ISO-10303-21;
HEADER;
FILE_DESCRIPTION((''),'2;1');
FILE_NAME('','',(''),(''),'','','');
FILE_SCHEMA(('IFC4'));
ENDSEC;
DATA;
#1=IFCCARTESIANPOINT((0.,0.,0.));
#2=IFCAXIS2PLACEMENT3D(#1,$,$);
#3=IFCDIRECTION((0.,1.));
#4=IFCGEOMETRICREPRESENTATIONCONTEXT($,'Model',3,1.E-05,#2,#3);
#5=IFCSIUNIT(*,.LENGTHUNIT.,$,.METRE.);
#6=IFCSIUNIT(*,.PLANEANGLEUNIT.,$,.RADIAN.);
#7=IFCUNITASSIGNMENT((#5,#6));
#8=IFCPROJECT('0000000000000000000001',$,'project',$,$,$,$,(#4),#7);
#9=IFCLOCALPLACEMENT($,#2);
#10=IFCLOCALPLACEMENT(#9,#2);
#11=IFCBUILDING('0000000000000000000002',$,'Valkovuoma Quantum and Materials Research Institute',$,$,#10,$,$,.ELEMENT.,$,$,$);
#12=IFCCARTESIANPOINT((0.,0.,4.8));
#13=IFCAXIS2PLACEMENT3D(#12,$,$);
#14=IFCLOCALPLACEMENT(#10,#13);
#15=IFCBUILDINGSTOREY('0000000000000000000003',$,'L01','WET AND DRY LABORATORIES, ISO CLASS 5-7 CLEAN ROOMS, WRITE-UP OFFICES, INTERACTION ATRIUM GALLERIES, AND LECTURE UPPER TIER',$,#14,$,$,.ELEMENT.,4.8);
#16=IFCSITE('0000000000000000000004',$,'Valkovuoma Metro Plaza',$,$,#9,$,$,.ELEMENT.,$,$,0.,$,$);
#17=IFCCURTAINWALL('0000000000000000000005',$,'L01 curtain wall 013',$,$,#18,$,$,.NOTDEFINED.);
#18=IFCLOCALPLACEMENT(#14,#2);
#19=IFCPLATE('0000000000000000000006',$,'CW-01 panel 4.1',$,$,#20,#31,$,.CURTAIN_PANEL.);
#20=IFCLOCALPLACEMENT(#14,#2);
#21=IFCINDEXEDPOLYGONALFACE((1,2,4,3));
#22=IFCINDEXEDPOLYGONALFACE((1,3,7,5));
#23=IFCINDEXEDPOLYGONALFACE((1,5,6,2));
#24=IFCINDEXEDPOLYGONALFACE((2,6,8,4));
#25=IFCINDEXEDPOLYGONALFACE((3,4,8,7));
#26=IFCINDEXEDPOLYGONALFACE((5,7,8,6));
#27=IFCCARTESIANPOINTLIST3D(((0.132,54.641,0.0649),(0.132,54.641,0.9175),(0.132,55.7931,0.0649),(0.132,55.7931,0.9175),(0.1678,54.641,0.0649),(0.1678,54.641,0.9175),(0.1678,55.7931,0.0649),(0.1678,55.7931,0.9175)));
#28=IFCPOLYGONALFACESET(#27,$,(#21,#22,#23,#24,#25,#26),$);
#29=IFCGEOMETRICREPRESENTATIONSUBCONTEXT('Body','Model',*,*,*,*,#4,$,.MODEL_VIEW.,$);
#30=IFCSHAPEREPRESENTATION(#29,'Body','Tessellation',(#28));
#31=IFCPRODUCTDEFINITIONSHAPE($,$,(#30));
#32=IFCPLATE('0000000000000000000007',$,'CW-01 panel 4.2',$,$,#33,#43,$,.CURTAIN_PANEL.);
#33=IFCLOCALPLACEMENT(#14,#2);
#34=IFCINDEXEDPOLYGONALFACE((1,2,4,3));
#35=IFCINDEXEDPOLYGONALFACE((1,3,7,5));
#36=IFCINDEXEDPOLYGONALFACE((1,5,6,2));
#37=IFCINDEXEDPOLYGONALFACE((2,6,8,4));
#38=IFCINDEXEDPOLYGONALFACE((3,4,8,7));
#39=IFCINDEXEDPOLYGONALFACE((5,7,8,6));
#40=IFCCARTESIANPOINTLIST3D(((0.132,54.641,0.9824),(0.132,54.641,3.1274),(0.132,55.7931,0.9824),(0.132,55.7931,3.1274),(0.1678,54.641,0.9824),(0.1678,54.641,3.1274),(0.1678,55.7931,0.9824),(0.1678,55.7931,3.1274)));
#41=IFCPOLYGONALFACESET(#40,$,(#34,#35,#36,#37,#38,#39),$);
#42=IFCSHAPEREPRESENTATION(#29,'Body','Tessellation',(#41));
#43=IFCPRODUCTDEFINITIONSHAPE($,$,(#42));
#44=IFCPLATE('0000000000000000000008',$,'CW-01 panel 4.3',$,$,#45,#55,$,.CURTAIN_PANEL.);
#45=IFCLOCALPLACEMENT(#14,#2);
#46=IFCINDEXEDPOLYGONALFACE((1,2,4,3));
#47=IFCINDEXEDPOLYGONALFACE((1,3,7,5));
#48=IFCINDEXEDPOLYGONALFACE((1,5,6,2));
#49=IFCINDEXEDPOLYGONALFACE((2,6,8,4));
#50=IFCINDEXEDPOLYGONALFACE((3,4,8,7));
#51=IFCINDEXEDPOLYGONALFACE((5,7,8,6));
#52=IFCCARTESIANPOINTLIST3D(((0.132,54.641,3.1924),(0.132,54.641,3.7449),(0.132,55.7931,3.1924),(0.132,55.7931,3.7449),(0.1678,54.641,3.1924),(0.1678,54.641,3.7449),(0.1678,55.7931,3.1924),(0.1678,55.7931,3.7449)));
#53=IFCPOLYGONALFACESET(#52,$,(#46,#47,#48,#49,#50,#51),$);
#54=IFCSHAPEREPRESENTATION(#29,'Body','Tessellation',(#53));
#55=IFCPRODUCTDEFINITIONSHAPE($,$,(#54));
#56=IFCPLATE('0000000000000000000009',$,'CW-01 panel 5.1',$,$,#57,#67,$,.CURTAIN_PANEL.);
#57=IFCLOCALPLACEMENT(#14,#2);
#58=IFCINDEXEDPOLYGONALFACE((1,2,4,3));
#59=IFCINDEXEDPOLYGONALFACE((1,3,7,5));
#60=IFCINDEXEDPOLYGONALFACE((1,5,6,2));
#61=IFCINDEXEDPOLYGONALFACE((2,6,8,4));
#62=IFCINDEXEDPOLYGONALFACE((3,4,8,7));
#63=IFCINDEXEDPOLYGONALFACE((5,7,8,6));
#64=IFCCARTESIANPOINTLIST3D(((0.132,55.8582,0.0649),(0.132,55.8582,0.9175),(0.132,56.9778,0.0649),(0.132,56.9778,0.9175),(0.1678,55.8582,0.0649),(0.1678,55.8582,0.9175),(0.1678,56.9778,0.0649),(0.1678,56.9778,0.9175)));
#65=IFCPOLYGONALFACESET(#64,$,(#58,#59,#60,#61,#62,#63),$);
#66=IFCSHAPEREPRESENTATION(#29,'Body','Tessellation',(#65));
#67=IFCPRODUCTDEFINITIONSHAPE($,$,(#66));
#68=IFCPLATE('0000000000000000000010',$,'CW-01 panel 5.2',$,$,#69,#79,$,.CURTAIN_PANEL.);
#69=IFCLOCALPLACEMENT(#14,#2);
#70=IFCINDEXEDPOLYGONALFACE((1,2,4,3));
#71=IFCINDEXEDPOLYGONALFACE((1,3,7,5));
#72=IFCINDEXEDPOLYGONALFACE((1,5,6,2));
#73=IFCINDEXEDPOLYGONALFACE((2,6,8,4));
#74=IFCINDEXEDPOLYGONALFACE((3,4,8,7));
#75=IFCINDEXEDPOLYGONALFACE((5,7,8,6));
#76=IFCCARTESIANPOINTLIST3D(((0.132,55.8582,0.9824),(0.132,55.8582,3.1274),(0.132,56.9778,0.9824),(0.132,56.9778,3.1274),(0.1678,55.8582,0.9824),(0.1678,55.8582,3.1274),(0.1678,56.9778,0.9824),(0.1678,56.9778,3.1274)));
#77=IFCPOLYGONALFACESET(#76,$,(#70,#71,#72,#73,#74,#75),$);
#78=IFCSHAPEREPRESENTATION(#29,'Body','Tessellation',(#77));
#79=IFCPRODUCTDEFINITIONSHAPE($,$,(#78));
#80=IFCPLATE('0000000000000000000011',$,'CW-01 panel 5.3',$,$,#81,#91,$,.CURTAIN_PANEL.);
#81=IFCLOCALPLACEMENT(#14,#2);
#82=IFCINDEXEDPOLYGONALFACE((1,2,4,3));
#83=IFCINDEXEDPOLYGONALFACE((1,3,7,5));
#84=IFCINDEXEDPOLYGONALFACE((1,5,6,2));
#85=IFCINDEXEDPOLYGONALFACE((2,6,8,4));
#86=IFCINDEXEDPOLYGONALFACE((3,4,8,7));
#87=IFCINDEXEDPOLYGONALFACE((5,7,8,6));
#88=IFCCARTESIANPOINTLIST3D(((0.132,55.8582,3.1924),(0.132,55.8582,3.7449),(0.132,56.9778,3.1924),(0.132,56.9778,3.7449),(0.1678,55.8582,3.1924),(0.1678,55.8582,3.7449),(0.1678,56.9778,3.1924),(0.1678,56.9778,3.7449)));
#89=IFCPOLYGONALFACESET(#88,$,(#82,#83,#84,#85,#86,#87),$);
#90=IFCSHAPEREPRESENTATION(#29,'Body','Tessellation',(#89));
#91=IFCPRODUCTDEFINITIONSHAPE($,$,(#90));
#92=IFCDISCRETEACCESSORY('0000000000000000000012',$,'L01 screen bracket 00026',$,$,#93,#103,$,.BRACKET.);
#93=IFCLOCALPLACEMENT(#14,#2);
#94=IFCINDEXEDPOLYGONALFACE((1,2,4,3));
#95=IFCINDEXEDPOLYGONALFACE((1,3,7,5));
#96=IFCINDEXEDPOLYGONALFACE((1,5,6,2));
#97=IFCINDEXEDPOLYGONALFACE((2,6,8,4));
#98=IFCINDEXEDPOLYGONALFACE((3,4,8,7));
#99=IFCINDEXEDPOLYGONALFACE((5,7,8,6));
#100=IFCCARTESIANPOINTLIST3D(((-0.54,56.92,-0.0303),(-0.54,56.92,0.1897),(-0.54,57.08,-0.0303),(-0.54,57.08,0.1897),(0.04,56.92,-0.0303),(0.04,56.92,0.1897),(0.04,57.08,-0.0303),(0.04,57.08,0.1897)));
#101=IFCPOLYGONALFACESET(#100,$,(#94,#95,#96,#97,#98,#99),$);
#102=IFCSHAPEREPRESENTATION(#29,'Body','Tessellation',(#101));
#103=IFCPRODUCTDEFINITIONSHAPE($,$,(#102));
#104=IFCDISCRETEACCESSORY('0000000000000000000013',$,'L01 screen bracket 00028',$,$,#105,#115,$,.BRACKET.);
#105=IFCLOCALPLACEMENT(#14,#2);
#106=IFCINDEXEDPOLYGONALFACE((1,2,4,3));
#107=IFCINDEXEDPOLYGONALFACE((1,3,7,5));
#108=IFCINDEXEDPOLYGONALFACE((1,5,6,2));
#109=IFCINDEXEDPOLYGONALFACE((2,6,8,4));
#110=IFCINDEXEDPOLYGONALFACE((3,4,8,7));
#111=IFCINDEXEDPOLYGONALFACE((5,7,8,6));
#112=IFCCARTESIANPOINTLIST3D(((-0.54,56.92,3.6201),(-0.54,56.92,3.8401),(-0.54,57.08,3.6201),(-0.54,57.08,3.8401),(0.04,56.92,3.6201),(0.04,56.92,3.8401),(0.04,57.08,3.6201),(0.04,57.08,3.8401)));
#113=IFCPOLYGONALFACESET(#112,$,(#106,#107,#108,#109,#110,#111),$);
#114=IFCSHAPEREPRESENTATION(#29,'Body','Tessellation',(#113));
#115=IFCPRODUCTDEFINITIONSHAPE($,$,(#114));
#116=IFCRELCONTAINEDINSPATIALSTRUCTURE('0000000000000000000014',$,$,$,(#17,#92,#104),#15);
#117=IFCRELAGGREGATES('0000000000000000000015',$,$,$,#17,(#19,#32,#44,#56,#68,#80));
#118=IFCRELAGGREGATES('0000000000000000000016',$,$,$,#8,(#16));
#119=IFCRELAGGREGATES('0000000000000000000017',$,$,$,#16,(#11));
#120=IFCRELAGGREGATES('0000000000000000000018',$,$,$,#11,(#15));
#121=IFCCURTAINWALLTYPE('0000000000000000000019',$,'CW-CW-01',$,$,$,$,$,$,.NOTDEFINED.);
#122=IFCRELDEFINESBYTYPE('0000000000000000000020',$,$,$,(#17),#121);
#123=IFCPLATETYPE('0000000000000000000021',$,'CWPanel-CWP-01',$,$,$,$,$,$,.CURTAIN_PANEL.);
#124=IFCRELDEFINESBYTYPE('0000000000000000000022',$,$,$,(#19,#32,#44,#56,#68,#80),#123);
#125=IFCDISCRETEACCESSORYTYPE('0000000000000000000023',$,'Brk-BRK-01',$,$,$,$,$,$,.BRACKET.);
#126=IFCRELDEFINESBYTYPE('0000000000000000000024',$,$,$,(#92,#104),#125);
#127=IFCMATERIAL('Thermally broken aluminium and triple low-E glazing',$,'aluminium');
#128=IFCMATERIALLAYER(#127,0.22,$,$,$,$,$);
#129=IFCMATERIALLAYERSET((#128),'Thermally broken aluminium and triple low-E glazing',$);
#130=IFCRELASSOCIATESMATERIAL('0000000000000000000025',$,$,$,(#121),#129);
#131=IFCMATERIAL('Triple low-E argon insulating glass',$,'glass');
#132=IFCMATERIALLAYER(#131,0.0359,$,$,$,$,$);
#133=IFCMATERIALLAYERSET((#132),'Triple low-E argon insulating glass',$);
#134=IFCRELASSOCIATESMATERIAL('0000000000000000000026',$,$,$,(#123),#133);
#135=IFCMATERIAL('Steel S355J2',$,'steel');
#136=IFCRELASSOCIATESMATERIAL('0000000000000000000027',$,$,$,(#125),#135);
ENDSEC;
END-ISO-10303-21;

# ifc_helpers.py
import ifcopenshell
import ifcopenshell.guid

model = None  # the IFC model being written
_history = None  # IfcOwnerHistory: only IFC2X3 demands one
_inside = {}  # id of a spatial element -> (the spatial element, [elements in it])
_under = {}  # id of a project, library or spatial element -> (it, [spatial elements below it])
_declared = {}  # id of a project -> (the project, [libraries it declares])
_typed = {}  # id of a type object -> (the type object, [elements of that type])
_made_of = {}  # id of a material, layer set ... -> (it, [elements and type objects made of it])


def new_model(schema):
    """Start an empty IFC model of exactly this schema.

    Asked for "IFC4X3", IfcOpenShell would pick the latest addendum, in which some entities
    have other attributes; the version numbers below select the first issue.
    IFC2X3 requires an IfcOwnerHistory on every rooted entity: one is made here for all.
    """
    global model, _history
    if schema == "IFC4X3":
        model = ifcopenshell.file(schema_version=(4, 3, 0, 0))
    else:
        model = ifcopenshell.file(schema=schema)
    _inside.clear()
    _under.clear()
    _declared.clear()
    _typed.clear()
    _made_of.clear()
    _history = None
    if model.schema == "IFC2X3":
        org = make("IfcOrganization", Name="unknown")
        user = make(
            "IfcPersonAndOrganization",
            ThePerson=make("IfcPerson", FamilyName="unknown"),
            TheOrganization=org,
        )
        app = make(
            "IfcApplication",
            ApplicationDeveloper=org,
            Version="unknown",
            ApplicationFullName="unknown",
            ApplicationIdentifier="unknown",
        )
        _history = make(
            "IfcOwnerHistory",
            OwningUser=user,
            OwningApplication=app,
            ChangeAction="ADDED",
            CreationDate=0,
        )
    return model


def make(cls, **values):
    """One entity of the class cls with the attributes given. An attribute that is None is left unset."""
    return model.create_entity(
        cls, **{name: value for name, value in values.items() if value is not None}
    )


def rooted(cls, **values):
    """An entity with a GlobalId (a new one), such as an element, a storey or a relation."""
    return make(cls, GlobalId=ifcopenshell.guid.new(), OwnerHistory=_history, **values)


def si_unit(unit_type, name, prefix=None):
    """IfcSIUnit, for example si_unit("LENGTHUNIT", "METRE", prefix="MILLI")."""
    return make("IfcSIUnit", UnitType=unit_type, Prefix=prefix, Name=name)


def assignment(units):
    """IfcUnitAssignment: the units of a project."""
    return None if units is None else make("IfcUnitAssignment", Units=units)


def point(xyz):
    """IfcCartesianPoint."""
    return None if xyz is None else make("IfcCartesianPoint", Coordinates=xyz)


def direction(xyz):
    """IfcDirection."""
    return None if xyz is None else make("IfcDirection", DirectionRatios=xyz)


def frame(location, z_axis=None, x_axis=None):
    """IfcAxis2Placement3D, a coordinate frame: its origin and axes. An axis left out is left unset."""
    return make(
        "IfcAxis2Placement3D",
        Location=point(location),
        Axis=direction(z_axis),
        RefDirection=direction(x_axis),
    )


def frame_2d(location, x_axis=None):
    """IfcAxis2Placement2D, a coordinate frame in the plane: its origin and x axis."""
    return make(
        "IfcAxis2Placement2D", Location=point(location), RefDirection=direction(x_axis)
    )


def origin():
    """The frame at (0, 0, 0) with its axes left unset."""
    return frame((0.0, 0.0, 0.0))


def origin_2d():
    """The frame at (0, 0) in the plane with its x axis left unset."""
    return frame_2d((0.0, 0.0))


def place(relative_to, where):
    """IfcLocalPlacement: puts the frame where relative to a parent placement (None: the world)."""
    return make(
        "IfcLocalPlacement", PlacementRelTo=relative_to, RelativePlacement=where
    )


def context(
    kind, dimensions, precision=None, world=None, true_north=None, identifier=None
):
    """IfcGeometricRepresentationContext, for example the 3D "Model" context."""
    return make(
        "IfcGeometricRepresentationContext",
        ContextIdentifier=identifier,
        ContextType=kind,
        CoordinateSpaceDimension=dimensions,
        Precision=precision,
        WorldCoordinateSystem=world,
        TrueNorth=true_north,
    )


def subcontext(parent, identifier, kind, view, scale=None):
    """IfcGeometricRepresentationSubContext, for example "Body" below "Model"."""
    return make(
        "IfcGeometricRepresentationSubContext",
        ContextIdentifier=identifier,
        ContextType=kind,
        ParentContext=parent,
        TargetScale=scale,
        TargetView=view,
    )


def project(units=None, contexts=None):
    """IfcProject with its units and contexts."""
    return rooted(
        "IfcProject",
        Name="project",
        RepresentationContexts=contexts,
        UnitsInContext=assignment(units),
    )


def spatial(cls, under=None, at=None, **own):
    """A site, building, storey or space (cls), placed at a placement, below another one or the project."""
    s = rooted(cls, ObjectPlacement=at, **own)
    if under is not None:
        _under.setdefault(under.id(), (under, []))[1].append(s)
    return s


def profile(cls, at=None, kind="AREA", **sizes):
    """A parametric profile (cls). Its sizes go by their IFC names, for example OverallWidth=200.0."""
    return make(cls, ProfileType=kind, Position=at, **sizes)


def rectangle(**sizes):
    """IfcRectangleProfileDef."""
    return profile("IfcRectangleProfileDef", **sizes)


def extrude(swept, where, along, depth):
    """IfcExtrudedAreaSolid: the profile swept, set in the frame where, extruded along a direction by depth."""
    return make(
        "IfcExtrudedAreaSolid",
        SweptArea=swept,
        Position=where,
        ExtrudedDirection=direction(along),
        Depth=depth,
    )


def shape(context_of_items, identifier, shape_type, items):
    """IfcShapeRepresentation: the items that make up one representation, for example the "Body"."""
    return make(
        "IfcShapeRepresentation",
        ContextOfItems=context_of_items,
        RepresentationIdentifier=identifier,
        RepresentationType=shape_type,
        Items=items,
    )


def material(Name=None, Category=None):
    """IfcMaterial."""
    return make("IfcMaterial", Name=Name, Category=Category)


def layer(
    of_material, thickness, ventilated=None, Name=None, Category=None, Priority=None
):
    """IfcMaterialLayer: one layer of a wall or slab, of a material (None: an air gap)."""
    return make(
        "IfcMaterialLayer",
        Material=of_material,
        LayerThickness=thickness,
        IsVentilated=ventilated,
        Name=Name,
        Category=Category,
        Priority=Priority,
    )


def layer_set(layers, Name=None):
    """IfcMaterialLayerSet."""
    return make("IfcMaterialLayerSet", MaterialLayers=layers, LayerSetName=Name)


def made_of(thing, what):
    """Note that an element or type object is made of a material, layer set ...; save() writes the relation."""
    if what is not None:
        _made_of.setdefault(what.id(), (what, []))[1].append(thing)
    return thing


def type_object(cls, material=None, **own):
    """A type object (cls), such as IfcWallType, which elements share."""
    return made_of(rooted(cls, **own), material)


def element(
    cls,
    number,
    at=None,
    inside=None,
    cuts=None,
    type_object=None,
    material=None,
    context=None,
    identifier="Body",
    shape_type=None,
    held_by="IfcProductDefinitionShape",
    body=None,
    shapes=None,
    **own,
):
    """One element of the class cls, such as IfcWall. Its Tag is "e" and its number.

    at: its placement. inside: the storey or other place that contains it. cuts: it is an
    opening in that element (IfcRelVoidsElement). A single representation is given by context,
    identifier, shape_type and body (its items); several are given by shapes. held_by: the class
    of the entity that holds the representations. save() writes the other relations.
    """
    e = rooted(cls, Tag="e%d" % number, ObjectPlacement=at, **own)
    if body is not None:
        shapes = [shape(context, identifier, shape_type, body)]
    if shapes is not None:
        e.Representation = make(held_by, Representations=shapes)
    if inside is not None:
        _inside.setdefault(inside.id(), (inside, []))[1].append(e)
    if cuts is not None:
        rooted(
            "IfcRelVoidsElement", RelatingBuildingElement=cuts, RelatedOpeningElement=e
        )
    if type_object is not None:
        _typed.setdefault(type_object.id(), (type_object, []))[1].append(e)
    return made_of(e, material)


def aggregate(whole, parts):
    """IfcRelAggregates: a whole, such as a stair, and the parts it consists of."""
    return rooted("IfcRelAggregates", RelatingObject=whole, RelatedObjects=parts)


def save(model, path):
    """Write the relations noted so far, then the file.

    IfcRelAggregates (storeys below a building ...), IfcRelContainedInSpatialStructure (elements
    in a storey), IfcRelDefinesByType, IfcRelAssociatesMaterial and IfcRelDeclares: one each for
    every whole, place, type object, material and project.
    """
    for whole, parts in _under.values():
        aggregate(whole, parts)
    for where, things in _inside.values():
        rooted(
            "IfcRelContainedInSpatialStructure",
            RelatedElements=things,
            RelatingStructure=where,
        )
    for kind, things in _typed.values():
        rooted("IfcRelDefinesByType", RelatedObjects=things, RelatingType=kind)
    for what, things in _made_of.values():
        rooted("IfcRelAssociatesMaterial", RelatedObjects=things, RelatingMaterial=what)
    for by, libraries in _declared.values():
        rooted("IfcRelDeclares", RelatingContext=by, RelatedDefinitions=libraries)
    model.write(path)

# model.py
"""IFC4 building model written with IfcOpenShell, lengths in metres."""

from ifc_helpers import new_model, si_unit, direction, frame, origin, origin_2d, place, context, subcontext, project, spatial, rectangle, extrude, material, layer, layer_set, type_object, element, aggregate, save


model = new_model("IFC4")

# Units and contexts
model_context = context("Model", 3, precision=1e-05, world=origin(), true_north=direction((0.0, 1.0)))
body_context = subcontext(model_context, "Body", "Model", "MODEL_VIEW")
ifc_project = project(units=[si_unit("LENGTHUNIT", "METRE"), si_unit("PLANEANGLEUNIT", "RADIAN")], contexts=[model_context])

# Site, building, storey
site_placement = place(None, origin())
site = spatial("IfcSite", under=ifc_project, at=site_placement, Name="Valkovuoma Metro Plaza", CompositionType="ELEMENT", RefElevation=0.0)
building_placement = place(site_placement, origin())
building = spatial("IfcBuilding", under=site, at=building_placement, Name="Valkovuoma Quantum and Materials Research Institute", CompositionType="ELEMENT")
storey_placement = place(building_placement, frame((0.0, 0.0, 4.8)))
storey = spatial("IfcBuildingStorey", under=building, at=storey_placement, Name="L01", Description="WET AND DRY LABORATORIES, ISO CLASS 5-7 CLEAN ROOMS, WRITE-UP OFFICES, INTERACTION ATRIUM GALLERIES, AND LECTURE UPPER TIER", CompositionType="ELEMENT", Elevation=4.8)

# Curtain wall, plates
ifc_material_1 = material(Name="Thermally broken aluminium and triple low-E glazing", Category="aluminium")
ifc_layer_1 = layer(ifc_material_1, 0.22)
ifc_layer_set_1 = layer_set([ifc_layer_1], Name="Thermally broken aluminium and triple low-E glazing")
curtain_wall_type = type_object("IfcCurtainWallType", Name="CW-CW-01", PredefinedType="NOTDEFINED", material=ifc_layer_set_1)
curtain_wall_placement = place(storey_placement, origin())
curtain_wall = element("IfcCurtainWall", 1, at=curtain_wall_placement, inside=storey, type_object=curtain_wall_type, Name="L01 curtain wall 013", PredefinedType="NOTDEFINED")
ifc_material_2 = material(Name="Triple low-E argon insulating glass", Category="glass")
ifc_layer_2 = layer(ifc_material_2, 0.0359)
ifc_layer_set_2 = layer_set([ifc_layer_2], Name="Triple low-E argon insulating glass")
plate_type = type_object("IfcPlateType", Name="CWPanel-CWP-01", PredefinedType="CURTAIN_PANEL", material=ifc_layer_set_2)
plate_1_placement = place(storey_placement, frame((0.1499, 55.217, 0.0649), z_axis=(0.0, 0.0, 1.0), x_axis=(0.0, 1.0, 0.0)))
plate_1 = element("IfcPlate", 2, at=plate_1_placement, type_object=plate_type, Name="CW-01 panel 4.1", PredefinedType="CURTAIN_PANEL", context=body_context, shape_type="SweptSolid", body=[
    extrude(rectangle(XDim=1.1521, YDim=0.0359, at=origin_2d()), origin(), (0.0, 0.0, 1.0), 0.8525),
])
plate_2_placement = place(storey_placement, frame((0.1499, 55.217, 0.9824), z_axis=(0.0, 0.0, 1.0), x_axis=(0.0, 1.0, 0.0)))
plate_2 = element("IfcPlate", 3, at=plate_2_placement, type_object=plate_type, Name="CW-01 panel 4.2", PredefinedType="CURTAIN_PANEL", context=body_context, shape_type="SweptSolid", body=[
    extrude(rectangle(XDim=1.1521, YDim=0.0359, at=origin_2d()), origin(), (0.0, 0.0, 1.0), 2.145),
])
plate_3_placement = place(storey_placement, frame((0.1499, 55.217, 3.1924), z_axis=(0.0, 0.0, 1.0), x_axis=(0.0, 1.0, 0.0)))
plate_3 = element("IfcPlate", 4, at=plate_3_placement, type_object=plate_type, Name="CW-01 panel 4.3", PredefinedType="CURTAIN_PANEL", context=body_context, shape_type="SweptSolid", body=[
    extrude(rectangle(XDim=1.1521, YDim=0.0359, at=origin_2d()), origin(), (0.0, 0.0, 1.0), 0.5525),
])
plate_4_placement = place(storey_placement, frame((0.1499, 56.418, 0.0649), z_axis=(0.0, 0.0, 1.0), x_axis=(0.0, 1.0, 0.0)))
plate_4 = element("IfcPlate", 5, at=plate_4_placement, type_object=plate_type, Name="CW-01 panel 5.1", PredefinedType="CURTAIN_PANEL", context=body_context, shape_type="SweptSolid", body=[
    extrude(rectangle(XDim=1.1196, YDim=0.0359, at=origin_2d()), origin(), (0.0, 0.0, 1.0), 0.8525),
])
plate_5_placement = place(storey_placement, frame((0.1499, 56.418, 0.9824), z_axis=(0.0, 0.0, 1.0), x_axis=(0.0, 1.0, 0.0)))
plate_5 = element("IfcPlate", 6, at=plate_5_placement, type_object=plate_type, Name="CW-01 panel 5.2", PredefinedType="CURTAIN_PANEL", context=body_context, shape_type="SweptSolid", body=[
    extrude(rectangle(XDim=1.1196, YDim=0.0359, at=origin_2d()), origin(), (0.0, 0.0, 1.0), 2.145),
])
plate_6_placement = place(storey_placement, frame((0.1499, 56.418, 3.1924), z_axis=(0.0, 0.0, 1.0), x_axis=(0.0, 1.0, 0.0)))
plate_6 = element("IfcPlate", 7, at=plate_6_placement, type_object=plate_type, Name="CW-01 panel 5.3", PredefinedType="CURTAIN_PANEL", context=body_context, shape_type="SweptSolid", body=[
    extrude(rectangle(XDim=1.1196, YDim=0.0359, at=origin_2d()), origin(), (0.0, 0.0, 1.0), 0.5525),
])
aggregate(curtain_wall, [plate_1, plate_2, plate_3, plate_4, plate_5, plate_6])

# Discrete accessories
ifc_material_3 = material(Name="Steel S355J2", Category="steel")
discrete_accessory_type = type_object("IfcDiscreteAccessoryType", Name="Brk-BRK-01", PredefinedType="BRACKET", material=ifc_material_3)
for number, where, z_axis, x_axis, name in (
    (8, (-0.25, 57.0, -0.0303), (0.0, 0.0, 1.0), (1.0, 0.0, 0.0), "L01 screen bracket 00026"),
    (9, (-0.25, 57.0, 3.6201), (0.0, 0.0, 1.0), (1.0, 0.0, 0.0), "L01 screen bracket 00028"),
):
    element("IfcDiscreteAccessory", number, at=place(storey_placement, frame(where, z_axis=z_axis, x_axis=x_axis)), inside=storey, type_object=discrete_accessory_type, Name=name, PredefinedType="BRACKET", context=body_context, shape_type="SweptSolid", body=[
        extrude(rectangle(XDim=0.5801, YDim=0.1599, at=origin_2d()), origin(), (0.0, 0.0, 1.0), 0.22),
    ])

save(model, "model.ifc")
